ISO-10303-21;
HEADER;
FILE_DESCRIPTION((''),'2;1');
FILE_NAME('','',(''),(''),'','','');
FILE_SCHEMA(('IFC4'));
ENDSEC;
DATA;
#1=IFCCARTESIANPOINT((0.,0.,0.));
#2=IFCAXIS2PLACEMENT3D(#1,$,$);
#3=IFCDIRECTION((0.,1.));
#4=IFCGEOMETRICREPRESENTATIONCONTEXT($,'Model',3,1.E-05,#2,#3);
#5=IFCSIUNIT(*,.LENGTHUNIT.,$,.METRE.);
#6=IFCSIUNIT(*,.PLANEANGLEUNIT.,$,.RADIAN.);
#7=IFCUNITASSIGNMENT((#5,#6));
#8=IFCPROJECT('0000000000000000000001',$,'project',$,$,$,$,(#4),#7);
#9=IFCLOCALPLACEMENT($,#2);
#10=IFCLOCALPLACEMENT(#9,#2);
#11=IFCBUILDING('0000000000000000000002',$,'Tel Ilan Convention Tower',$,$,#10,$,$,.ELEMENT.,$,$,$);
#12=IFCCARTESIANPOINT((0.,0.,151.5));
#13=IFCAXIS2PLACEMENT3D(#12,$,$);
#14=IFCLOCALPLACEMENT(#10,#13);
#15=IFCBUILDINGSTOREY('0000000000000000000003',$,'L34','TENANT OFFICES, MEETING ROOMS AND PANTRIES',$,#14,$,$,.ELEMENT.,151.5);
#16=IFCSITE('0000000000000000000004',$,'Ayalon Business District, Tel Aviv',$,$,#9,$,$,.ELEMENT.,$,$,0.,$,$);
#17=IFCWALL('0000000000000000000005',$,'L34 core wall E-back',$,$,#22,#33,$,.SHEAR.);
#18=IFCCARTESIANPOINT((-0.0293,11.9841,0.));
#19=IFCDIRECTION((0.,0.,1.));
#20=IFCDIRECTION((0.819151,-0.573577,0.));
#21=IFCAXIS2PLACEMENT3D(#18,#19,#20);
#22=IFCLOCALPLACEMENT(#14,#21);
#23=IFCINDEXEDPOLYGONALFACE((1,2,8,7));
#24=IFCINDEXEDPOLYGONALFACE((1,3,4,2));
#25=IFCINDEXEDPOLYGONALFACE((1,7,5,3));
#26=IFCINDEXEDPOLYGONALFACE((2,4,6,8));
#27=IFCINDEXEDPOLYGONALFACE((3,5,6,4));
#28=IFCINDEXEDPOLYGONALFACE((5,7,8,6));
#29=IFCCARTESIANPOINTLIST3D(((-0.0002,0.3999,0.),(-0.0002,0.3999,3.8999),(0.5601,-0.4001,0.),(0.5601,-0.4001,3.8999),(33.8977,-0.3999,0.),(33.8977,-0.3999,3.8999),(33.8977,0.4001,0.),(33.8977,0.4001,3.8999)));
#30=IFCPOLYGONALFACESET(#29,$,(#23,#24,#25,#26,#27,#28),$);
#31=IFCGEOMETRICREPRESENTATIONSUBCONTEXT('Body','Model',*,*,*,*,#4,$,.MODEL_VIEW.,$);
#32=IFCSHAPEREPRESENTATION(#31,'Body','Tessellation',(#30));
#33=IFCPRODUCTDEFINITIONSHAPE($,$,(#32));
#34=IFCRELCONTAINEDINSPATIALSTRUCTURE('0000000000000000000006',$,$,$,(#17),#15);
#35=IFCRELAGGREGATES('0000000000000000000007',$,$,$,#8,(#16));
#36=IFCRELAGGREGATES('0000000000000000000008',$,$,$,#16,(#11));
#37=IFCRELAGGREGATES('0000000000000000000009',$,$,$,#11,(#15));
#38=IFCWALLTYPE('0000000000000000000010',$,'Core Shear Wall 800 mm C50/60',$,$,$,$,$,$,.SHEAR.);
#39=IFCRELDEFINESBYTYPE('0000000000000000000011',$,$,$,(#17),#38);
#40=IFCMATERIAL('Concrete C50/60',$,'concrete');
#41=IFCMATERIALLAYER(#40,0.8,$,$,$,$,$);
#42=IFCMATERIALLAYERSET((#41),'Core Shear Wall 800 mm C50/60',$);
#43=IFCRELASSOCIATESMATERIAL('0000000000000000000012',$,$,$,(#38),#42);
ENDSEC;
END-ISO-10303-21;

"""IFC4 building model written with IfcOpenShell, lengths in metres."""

from ifc_helpers import new_model, si_unit, direction, frame, origin, place, context, subcontext, project, spatial, polyline, outline, extrude, material, layer, layer_set, type_object, element, save


model = new_model("IFC4")

# Units and contexts
model_context = context("Model", 3, precision=1e-05, world=origin(), true_north=direction((0.0, 1.0)))
body_context = subcontext(model_context, "Body", "Model", "MODEL_VIEW")
ifc_project = project(units=[si_unit("LENGTHUNIT", "METRE"), si_unit("PLANEANGLEUNIT", "RADIAN")], contexts=[model_context])

# Site, building, storey
site_placement = place(None, origin())
site = spatial("IfcSite", under=ifc_project, at=site_placement, Name="Ayalon Business District, Tel Aviv", CompositionType="ELEMENT", RefElevation=0.0)
building_placement = place(site_placement, origin())
building = spatial("IfcBuilding", under=site, at=building_placement, Name="Tel Ilan Convention Tower", CompositionType="ELEMENT")
storey_placement = place(building_placement, frame((0.0, 0.0, 151.5)))
storey = spatial("IfcBuildingStorey", under=building, at=storey_placement, Name="L34", Description="TENANT OFFICES, MEETING ROOMS AND PANTRIES", CompositionType="ELEMENT", Elevation=151.5)

# Wall
ifc_material_1 = material(Name="Concrete C50/60", Category="concrete")
ifc_layer_1 = layer(ifc_material_1, 0.8)
ifc_layer_set_1 = layer_set([ifc_layer_1], Name="Core Shear Wall 800 mm C50/60")
wall_type_1 = type_object("IfcWallType", Name="Core Shear Wall 800 mm C50/60", PredefinedType="SHEAR", material=ifc_layer_set_1)
wall_1_placement = place(storey_placement, frame((-0.0293, 11.9841, 0.0), z_axis=(0.0, 0.0, 1.0), x_axis=(0.819151, -0.573577, 0.0)))
element("IfcWall", 1, at=wall_1_placement, inside=storey, type_object=wall_type_1, Name="L34 core wall E-back", PredefinedType="SHEAR", context=body_context, shape_type="SweptSolid", body=[
    extrude(outline(polyline([(33.8977, 0.4001), (-0.0002, 0.3999), (0.5601, -0.4001), (33.8977, -0.3999), (33.8977, 0.4001)])), origin(), (0.0, 0.0, 1.0), 3.8999),
])

save(model, "model.ifc")
